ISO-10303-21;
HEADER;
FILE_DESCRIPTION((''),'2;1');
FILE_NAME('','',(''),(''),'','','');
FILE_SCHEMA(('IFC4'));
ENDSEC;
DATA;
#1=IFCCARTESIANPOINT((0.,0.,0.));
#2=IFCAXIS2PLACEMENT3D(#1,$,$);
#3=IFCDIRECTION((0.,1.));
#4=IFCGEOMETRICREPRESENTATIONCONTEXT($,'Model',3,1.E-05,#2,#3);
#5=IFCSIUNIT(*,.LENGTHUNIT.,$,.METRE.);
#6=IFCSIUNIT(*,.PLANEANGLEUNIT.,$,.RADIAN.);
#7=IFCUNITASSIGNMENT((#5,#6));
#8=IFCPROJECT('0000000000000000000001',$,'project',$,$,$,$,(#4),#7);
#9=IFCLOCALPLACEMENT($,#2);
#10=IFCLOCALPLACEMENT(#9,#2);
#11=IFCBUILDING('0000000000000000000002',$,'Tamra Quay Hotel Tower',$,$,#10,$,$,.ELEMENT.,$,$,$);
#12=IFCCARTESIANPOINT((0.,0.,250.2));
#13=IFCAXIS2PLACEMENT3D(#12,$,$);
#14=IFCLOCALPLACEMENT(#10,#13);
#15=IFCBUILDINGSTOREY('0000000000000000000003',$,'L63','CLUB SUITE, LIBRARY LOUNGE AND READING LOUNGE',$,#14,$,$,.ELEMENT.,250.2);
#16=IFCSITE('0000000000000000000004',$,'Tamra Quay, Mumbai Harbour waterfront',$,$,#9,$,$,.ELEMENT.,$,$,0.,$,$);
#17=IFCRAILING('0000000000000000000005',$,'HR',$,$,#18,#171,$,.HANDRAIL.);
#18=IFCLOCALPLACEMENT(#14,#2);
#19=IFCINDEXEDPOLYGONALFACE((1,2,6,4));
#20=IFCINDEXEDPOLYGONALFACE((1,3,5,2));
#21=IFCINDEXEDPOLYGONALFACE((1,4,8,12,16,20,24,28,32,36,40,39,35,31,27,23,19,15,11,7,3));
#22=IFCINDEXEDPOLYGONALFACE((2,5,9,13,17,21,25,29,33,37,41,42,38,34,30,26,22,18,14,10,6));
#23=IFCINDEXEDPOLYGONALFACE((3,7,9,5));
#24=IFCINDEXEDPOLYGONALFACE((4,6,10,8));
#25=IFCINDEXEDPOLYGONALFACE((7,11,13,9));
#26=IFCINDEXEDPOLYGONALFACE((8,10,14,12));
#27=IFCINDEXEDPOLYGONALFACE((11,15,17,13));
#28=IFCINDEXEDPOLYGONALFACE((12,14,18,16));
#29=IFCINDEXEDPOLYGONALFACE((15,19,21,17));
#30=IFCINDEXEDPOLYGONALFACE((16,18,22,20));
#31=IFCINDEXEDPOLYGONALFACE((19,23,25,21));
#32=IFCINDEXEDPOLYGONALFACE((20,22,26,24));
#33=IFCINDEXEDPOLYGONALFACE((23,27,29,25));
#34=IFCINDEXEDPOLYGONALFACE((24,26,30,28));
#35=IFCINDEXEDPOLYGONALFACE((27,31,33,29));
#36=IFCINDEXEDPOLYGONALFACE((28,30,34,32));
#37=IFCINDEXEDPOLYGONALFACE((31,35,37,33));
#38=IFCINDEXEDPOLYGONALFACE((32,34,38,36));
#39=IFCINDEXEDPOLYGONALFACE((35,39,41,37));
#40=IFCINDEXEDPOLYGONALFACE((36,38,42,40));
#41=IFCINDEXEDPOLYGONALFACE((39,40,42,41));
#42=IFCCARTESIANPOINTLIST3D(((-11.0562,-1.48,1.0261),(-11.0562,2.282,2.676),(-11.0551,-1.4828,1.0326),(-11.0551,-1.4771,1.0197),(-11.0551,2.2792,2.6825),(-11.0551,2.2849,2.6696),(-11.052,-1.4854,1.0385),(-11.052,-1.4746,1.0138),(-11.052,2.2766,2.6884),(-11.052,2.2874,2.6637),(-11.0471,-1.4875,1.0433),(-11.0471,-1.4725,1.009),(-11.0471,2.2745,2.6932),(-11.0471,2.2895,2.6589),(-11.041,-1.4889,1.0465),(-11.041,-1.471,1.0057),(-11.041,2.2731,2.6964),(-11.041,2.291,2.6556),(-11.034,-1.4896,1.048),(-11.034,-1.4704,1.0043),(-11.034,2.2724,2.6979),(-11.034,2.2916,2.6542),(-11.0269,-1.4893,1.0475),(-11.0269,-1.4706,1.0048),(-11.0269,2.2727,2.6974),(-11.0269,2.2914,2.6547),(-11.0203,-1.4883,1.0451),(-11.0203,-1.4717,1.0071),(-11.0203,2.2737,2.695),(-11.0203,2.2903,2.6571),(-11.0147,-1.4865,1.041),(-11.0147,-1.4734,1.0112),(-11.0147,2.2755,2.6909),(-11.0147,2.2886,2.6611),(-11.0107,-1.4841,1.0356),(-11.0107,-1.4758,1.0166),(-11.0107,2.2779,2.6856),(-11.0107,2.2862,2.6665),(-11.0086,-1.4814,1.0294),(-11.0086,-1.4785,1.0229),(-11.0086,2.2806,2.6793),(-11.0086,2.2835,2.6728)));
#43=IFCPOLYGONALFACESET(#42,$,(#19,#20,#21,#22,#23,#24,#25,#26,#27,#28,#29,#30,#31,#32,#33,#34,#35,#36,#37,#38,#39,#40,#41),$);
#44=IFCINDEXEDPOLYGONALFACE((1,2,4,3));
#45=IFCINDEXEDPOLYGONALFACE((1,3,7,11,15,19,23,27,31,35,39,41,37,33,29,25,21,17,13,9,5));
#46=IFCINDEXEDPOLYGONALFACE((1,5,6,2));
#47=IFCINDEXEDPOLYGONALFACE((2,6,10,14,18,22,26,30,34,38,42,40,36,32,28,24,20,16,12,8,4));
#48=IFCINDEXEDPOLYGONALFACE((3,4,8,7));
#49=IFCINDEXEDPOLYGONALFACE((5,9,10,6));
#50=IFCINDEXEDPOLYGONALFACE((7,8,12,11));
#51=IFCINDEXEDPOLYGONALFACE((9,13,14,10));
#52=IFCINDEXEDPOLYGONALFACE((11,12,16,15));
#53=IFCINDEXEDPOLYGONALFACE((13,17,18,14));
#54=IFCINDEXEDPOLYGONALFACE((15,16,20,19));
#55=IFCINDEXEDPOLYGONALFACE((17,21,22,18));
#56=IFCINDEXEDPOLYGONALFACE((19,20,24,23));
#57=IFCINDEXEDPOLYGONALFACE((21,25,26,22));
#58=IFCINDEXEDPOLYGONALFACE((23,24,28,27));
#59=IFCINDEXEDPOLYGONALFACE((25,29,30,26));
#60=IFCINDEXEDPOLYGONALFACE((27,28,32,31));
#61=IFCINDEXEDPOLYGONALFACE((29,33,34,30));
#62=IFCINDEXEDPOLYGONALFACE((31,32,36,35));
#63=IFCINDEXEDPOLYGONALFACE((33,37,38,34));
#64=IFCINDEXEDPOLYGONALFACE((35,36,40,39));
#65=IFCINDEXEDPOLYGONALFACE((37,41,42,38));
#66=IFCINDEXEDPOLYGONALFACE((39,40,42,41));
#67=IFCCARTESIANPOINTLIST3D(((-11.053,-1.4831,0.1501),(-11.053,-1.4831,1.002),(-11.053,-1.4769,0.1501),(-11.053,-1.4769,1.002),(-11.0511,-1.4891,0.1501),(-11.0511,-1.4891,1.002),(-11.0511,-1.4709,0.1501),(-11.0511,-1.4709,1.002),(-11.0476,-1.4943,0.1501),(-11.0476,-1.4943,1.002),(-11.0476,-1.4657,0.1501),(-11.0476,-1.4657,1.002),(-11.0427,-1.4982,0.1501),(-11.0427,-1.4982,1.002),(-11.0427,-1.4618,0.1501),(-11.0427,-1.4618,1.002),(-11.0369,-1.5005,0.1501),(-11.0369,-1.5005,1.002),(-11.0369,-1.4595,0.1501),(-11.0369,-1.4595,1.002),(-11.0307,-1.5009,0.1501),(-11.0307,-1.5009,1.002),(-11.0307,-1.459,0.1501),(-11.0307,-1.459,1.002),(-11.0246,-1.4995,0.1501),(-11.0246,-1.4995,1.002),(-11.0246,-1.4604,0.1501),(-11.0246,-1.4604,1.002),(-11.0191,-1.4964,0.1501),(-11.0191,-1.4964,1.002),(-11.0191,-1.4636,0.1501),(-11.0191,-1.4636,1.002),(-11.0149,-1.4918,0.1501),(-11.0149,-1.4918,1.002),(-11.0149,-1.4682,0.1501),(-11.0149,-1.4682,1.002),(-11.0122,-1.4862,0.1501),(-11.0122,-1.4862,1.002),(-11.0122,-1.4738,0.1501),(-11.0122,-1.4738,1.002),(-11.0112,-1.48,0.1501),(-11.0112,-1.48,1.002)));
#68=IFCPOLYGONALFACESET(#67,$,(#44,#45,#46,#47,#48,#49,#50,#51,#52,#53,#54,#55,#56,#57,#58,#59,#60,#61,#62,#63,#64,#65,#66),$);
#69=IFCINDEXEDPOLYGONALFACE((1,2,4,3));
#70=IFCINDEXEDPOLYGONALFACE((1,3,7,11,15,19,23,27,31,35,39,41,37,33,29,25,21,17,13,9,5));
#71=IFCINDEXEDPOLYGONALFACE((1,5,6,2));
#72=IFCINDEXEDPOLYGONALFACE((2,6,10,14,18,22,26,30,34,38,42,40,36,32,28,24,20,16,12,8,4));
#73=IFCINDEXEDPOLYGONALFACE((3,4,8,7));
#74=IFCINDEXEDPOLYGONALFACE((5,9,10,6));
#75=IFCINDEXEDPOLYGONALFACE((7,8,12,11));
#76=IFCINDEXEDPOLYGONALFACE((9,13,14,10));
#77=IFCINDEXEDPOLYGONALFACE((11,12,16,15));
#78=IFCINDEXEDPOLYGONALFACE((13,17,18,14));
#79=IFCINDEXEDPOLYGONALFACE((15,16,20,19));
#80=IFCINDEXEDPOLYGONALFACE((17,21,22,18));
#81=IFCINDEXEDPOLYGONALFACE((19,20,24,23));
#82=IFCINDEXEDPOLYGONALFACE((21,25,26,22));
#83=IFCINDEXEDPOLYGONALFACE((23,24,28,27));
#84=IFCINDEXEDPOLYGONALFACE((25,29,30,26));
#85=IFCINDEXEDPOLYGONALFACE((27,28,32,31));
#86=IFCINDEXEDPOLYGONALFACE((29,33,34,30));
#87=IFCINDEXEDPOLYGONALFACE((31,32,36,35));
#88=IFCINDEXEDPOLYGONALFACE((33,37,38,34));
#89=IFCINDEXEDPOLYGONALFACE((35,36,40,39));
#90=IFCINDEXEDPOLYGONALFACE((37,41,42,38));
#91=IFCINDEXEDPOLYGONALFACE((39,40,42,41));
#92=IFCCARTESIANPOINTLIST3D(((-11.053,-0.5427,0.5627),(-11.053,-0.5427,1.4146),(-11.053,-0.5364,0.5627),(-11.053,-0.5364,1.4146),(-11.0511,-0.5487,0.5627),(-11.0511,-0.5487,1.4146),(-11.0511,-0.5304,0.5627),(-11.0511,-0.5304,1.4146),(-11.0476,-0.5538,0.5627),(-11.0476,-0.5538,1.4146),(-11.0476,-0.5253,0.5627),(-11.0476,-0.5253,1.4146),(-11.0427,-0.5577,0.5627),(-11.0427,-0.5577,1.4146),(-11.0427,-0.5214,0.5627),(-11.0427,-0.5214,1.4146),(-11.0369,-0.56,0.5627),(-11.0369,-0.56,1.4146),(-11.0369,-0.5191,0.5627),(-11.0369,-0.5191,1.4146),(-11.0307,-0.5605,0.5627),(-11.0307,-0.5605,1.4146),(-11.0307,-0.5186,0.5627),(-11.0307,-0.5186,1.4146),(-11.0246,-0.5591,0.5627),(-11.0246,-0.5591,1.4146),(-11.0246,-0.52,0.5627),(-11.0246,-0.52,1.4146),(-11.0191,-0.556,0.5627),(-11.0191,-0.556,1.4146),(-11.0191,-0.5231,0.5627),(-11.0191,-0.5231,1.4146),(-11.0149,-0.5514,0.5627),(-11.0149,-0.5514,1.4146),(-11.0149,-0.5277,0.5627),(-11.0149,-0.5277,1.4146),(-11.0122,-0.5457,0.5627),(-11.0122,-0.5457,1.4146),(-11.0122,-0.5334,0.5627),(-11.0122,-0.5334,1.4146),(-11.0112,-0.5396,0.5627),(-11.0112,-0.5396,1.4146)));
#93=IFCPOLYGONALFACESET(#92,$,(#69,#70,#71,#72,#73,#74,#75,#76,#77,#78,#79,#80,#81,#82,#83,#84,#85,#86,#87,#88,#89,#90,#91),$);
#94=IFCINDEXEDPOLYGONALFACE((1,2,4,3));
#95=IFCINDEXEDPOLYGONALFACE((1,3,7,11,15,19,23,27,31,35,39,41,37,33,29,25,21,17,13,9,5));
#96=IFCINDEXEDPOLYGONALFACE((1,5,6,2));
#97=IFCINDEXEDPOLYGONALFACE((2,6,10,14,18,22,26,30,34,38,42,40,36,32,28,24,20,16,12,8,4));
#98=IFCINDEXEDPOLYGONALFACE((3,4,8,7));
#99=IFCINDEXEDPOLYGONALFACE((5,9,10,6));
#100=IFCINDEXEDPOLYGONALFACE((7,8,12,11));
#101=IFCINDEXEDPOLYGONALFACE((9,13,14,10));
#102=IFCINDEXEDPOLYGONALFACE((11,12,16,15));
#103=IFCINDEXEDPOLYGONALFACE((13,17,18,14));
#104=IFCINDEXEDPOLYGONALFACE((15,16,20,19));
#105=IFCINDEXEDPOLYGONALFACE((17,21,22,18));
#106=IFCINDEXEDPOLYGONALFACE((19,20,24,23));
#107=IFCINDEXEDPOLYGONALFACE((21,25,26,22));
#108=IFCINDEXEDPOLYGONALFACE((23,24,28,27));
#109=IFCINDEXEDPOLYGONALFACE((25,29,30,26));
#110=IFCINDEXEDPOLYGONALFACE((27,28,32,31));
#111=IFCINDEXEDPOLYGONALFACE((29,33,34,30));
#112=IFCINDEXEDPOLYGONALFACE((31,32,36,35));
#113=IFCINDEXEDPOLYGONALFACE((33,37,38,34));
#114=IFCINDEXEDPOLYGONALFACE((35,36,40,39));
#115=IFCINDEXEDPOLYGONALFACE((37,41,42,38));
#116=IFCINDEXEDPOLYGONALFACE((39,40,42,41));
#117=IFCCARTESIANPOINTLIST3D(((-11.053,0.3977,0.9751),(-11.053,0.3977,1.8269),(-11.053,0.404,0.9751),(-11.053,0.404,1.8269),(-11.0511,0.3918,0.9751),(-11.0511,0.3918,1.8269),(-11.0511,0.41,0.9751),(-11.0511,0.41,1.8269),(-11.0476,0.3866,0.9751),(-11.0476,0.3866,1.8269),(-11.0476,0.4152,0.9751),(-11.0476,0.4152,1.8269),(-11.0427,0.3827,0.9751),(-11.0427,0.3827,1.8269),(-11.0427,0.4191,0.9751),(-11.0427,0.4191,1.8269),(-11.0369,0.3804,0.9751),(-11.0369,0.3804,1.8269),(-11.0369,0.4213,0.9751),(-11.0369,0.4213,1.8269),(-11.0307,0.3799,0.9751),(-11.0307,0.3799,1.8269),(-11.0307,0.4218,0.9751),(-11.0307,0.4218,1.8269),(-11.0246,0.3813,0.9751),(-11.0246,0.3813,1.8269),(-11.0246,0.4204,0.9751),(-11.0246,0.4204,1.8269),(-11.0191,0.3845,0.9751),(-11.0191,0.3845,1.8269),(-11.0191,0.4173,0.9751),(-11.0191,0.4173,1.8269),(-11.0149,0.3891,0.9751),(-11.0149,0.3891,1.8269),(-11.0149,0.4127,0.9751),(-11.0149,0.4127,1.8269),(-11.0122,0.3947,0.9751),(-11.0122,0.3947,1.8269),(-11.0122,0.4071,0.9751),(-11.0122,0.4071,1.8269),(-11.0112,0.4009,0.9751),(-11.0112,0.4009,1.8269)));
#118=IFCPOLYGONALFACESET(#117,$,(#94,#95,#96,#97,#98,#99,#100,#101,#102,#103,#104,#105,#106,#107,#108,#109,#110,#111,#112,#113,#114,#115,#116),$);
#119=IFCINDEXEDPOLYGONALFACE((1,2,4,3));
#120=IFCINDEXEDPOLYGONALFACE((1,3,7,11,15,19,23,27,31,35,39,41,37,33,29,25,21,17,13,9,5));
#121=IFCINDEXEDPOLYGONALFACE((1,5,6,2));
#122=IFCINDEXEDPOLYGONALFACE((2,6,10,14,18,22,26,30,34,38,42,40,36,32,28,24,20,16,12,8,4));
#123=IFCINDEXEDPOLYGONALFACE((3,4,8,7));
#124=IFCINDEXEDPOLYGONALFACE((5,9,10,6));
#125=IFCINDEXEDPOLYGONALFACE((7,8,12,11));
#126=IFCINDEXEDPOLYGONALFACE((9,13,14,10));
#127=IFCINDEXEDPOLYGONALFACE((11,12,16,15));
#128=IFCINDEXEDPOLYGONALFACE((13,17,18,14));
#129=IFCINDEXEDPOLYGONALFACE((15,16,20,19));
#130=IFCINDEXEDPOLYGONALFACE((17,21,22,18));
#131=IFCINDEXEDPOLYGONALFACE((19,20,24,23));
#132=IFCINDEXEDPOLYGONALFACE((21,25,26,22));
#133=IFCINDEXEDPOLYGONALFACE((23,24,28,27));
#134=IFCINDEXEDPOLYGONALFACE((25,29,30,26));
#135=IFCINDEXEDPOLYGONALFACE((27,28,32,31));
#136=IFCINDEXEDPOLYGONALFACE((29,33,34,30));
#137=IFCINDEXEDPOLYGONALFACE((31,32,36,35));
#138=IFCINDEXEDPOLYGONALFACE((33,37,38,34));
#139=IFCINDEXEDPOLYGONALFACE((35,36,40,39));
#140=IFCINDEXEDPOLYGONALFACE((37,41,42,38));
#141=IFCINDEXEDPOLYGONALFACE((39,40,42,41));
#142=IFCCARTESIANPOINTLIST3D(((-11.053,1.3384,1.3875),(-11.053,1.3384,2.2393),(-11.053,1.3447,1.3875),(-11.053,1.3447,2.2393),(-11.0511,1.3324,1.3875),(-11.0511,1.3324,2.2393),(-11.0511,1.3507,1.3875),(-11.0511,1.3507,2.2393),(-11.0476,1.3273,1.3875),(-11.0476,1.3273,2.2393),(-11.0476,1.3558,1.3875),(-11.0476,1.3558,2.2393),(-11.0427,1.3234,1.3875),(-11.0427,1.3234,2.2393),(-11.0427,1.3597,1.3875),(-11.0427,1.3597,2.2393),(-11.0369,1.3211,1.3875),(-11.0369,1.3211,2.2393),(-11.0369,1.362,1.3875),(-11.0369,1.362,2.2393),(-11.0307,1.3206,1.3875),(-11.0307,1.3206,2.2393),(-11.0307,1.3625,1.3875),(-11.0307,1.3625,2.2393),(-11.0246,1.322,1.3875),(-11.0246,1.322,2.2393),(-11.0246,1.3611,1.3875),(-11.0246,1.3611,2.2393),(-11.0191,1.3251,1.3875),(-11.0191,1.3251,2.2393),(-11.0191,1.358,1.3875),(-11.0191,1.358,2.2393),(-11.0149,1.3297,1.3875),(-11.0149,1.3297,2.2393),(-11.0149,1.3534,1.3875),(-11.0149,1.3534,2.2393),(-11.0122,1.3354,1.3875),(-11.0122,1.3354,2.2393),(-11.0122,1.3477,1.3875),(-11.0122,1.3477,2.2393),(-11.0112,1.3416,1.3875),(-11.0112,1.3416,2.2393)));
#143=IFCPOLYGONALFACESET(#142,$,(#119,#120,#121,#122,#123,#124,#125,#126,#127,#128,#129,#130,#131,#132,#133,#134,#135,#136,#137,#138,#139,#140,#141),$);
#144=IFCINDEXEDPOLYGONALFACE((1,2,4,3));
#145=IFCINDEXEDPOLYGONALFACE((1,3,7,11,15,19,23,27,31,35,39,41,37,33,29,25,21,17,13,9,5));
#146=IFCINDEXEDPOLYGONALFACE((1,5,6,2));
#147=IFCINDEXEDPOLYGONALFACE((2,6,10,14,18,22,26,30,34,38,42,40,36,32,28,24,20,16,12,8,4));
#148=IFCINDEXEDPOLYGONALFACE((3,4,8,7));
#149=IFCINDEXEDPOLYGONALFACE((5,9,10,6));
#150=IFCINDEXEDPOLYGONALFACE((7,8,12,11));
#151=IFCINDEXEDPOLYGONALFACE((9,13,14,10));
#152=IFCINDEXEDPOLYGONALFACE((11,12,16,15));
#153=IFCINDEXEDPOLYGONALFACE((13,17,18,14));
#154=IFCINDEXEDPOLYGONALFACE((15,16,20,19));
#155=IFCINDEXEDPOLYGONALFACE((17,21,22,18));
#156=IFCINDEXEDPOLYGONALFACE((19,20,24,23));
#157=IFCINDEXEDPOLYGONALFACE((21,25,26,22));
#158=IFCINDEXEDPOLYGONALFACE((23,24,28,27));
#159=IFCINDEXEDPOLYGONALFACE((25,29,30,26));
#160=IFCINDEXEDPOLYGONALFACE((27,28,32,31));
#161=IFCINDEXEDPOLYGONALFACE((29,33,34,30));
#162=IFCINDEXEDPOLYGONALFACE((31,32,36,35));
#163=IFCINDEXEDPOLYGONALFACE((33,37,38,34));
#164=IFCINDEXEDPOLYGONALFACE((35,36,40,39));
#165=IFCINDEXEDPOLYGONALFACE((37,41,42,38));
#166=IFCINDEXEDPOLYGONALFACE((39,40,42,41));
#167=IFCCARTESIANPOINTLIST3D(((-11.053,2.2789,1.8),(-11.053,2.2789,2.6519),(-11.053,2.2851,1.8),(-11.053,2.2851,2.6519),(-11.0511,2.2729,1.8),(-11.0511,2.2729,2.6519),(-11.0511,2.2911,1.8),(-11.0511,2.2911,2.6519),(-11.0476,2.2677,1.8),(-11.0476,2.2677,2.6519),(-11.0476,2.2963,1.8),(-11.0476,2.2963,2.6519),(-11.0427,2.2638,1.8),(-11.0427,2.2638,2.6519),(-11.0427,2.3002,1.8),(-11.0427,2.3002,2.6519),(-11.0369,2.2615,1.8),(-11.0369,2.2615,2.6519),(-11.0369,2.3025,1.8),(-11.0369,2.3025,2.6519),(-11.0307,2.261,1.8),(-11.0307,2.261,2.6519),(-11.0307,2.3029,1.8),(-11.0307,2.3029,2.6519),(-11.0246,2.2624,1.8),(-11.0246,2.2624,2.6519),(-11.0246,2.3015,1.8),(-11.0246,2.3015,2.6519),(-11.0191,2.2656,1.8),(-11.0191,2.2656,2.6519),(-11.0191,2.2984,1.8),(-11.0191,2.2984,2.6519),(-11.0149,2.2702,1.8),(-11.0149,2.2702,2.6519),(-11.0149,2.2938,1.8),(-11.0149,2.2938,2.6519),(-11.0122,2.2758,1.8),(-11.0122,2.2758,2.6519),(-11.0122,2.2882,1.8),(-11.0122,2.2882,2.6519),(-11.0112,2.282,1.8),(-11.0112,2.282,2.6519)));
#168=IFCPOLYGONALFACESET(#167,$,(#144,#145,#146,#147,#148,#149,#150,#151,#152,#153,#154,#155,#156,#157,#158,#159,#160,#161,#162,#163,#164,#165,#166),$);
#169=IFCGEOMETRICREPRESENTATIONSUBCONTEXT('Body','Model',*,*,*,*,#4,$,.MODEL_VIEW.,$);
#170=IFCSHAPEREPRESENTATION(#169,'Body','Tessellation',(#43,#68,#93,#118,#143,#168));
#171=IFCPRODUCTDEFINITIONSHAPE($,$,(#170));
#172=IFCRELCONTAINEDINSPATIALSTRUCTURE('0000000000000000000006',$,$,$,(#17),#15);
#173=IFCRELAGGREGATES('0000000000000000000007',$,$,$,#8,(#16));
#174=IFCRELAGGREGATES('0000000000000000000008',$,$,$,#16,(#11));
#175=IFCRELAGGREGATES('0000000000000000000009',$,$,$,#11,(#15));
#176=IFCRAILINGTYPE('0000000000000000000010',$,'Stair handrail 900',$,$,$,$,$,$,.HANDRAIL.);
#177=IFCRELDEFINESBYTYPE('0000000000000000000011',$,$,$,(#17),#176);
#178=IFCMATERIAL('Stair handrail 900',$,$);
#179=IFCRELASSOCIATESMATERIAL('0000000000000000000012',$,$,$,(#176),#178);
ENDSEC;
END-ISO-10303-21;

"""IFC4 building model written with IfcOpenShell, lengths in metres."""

from ifc_helpers import new_model, si_unit, direction, frame, origin, origin_2d, place, context, subcontext, project, spatial, circle, extrude, material, type_object, element, save


model = new_model("IFC4")

# Units and contexts
model_context = context("Model", 3, precision=1e-05, world=origin(), true_north=direction((0.0, 1.0)))
body_context = subcontext(model_context, "Body", "Model", "MODEL_VIEW")
ifc_project = project(units=[si_unit("LENGTHUNIT", "METRE"), si_unit("PLANEANGLEUNIT", "RADIAN")], contexts=[model_context])

# Site, building, storey
site_placement = place(None, origin())
site = spatial("IfcSite", under=ifc_project, at=site_placement, Name="Tamra Quay, Mumbai Harbour waterfront", CompositionType="ELEMENT", RefElevation=0.0)
building_placement = place(site_placement, origin())
building = spatial("IfcBuilding", under=site, at=building_placement, Name="Tamra Quay Hotel Tower", CompositionType="ELEMENT")
storey_placement = place(building_placement, frame((0.0, 0.0, 250.2)))
storey = spatial("IfcBuildingStorey", under=building, at=storey_placement, Name="L63", Description="CLUB SUITE, LIBRARY LOUNGE AND READING LOUNGE", CompositionType="ELEMENT", Elevation=250.2)

# Railing
ifc_material_1 = material(Name="Stair handrail 900")
railing_type = type_object("IfcRailingType", Name="Stair handrail 900", PredefinedType="HANDRAIL", material=ifc_material_1)
railing_placement = place(storey_placement, frame((-11.0322, -1.48, 0.1501)))
element("IfcRailing", 1, at=railing_placement, inside=storey, type_object=railing_type, Name="HR", PredefinedType="HANDRAIL", context=body_context, shape_type="SweptSolid", body=[
    extrude(circle(Radius=0.0239, at=origin_2d()), frame((0.0, 0.0, 0.876), z_axis=(0.0, 0.915795, 0.401645), x_axis=(-1.0, 0.0, 0.0)), (0.0, 0.0, 1.0), 4.1079),
    extrude(circle(Radius=0.021, at=origin_2d()), origin(), (0.0, 0.0, 1.0), 0.8518),
    extrude(circle(Radius=0.021, at=origin_2d()), frame((0.0, 0.9404, 0.4126)), (0.0, 0.0, 1.0), 0.8518),
    extrude(circle(Radius=0.021, at=origin_2d()), frame((0.0, 1.8809, 0.825)), (0.0, 0.0, 1.0), 0.8518),
    extrude(circle(Radius=0.021, at=origin_2d()), frame((0.0, 2.8215, 1.2373)), (0.0, 0.0, 1.0), 0.8518),
    extrude(circle(Radius=0.021, at=origin_2d()), frame((0.0, 3.762, 1.6499)), (0.0, 0.0, 1.0), 0.8518),
])

save(model, "model.ifc")
